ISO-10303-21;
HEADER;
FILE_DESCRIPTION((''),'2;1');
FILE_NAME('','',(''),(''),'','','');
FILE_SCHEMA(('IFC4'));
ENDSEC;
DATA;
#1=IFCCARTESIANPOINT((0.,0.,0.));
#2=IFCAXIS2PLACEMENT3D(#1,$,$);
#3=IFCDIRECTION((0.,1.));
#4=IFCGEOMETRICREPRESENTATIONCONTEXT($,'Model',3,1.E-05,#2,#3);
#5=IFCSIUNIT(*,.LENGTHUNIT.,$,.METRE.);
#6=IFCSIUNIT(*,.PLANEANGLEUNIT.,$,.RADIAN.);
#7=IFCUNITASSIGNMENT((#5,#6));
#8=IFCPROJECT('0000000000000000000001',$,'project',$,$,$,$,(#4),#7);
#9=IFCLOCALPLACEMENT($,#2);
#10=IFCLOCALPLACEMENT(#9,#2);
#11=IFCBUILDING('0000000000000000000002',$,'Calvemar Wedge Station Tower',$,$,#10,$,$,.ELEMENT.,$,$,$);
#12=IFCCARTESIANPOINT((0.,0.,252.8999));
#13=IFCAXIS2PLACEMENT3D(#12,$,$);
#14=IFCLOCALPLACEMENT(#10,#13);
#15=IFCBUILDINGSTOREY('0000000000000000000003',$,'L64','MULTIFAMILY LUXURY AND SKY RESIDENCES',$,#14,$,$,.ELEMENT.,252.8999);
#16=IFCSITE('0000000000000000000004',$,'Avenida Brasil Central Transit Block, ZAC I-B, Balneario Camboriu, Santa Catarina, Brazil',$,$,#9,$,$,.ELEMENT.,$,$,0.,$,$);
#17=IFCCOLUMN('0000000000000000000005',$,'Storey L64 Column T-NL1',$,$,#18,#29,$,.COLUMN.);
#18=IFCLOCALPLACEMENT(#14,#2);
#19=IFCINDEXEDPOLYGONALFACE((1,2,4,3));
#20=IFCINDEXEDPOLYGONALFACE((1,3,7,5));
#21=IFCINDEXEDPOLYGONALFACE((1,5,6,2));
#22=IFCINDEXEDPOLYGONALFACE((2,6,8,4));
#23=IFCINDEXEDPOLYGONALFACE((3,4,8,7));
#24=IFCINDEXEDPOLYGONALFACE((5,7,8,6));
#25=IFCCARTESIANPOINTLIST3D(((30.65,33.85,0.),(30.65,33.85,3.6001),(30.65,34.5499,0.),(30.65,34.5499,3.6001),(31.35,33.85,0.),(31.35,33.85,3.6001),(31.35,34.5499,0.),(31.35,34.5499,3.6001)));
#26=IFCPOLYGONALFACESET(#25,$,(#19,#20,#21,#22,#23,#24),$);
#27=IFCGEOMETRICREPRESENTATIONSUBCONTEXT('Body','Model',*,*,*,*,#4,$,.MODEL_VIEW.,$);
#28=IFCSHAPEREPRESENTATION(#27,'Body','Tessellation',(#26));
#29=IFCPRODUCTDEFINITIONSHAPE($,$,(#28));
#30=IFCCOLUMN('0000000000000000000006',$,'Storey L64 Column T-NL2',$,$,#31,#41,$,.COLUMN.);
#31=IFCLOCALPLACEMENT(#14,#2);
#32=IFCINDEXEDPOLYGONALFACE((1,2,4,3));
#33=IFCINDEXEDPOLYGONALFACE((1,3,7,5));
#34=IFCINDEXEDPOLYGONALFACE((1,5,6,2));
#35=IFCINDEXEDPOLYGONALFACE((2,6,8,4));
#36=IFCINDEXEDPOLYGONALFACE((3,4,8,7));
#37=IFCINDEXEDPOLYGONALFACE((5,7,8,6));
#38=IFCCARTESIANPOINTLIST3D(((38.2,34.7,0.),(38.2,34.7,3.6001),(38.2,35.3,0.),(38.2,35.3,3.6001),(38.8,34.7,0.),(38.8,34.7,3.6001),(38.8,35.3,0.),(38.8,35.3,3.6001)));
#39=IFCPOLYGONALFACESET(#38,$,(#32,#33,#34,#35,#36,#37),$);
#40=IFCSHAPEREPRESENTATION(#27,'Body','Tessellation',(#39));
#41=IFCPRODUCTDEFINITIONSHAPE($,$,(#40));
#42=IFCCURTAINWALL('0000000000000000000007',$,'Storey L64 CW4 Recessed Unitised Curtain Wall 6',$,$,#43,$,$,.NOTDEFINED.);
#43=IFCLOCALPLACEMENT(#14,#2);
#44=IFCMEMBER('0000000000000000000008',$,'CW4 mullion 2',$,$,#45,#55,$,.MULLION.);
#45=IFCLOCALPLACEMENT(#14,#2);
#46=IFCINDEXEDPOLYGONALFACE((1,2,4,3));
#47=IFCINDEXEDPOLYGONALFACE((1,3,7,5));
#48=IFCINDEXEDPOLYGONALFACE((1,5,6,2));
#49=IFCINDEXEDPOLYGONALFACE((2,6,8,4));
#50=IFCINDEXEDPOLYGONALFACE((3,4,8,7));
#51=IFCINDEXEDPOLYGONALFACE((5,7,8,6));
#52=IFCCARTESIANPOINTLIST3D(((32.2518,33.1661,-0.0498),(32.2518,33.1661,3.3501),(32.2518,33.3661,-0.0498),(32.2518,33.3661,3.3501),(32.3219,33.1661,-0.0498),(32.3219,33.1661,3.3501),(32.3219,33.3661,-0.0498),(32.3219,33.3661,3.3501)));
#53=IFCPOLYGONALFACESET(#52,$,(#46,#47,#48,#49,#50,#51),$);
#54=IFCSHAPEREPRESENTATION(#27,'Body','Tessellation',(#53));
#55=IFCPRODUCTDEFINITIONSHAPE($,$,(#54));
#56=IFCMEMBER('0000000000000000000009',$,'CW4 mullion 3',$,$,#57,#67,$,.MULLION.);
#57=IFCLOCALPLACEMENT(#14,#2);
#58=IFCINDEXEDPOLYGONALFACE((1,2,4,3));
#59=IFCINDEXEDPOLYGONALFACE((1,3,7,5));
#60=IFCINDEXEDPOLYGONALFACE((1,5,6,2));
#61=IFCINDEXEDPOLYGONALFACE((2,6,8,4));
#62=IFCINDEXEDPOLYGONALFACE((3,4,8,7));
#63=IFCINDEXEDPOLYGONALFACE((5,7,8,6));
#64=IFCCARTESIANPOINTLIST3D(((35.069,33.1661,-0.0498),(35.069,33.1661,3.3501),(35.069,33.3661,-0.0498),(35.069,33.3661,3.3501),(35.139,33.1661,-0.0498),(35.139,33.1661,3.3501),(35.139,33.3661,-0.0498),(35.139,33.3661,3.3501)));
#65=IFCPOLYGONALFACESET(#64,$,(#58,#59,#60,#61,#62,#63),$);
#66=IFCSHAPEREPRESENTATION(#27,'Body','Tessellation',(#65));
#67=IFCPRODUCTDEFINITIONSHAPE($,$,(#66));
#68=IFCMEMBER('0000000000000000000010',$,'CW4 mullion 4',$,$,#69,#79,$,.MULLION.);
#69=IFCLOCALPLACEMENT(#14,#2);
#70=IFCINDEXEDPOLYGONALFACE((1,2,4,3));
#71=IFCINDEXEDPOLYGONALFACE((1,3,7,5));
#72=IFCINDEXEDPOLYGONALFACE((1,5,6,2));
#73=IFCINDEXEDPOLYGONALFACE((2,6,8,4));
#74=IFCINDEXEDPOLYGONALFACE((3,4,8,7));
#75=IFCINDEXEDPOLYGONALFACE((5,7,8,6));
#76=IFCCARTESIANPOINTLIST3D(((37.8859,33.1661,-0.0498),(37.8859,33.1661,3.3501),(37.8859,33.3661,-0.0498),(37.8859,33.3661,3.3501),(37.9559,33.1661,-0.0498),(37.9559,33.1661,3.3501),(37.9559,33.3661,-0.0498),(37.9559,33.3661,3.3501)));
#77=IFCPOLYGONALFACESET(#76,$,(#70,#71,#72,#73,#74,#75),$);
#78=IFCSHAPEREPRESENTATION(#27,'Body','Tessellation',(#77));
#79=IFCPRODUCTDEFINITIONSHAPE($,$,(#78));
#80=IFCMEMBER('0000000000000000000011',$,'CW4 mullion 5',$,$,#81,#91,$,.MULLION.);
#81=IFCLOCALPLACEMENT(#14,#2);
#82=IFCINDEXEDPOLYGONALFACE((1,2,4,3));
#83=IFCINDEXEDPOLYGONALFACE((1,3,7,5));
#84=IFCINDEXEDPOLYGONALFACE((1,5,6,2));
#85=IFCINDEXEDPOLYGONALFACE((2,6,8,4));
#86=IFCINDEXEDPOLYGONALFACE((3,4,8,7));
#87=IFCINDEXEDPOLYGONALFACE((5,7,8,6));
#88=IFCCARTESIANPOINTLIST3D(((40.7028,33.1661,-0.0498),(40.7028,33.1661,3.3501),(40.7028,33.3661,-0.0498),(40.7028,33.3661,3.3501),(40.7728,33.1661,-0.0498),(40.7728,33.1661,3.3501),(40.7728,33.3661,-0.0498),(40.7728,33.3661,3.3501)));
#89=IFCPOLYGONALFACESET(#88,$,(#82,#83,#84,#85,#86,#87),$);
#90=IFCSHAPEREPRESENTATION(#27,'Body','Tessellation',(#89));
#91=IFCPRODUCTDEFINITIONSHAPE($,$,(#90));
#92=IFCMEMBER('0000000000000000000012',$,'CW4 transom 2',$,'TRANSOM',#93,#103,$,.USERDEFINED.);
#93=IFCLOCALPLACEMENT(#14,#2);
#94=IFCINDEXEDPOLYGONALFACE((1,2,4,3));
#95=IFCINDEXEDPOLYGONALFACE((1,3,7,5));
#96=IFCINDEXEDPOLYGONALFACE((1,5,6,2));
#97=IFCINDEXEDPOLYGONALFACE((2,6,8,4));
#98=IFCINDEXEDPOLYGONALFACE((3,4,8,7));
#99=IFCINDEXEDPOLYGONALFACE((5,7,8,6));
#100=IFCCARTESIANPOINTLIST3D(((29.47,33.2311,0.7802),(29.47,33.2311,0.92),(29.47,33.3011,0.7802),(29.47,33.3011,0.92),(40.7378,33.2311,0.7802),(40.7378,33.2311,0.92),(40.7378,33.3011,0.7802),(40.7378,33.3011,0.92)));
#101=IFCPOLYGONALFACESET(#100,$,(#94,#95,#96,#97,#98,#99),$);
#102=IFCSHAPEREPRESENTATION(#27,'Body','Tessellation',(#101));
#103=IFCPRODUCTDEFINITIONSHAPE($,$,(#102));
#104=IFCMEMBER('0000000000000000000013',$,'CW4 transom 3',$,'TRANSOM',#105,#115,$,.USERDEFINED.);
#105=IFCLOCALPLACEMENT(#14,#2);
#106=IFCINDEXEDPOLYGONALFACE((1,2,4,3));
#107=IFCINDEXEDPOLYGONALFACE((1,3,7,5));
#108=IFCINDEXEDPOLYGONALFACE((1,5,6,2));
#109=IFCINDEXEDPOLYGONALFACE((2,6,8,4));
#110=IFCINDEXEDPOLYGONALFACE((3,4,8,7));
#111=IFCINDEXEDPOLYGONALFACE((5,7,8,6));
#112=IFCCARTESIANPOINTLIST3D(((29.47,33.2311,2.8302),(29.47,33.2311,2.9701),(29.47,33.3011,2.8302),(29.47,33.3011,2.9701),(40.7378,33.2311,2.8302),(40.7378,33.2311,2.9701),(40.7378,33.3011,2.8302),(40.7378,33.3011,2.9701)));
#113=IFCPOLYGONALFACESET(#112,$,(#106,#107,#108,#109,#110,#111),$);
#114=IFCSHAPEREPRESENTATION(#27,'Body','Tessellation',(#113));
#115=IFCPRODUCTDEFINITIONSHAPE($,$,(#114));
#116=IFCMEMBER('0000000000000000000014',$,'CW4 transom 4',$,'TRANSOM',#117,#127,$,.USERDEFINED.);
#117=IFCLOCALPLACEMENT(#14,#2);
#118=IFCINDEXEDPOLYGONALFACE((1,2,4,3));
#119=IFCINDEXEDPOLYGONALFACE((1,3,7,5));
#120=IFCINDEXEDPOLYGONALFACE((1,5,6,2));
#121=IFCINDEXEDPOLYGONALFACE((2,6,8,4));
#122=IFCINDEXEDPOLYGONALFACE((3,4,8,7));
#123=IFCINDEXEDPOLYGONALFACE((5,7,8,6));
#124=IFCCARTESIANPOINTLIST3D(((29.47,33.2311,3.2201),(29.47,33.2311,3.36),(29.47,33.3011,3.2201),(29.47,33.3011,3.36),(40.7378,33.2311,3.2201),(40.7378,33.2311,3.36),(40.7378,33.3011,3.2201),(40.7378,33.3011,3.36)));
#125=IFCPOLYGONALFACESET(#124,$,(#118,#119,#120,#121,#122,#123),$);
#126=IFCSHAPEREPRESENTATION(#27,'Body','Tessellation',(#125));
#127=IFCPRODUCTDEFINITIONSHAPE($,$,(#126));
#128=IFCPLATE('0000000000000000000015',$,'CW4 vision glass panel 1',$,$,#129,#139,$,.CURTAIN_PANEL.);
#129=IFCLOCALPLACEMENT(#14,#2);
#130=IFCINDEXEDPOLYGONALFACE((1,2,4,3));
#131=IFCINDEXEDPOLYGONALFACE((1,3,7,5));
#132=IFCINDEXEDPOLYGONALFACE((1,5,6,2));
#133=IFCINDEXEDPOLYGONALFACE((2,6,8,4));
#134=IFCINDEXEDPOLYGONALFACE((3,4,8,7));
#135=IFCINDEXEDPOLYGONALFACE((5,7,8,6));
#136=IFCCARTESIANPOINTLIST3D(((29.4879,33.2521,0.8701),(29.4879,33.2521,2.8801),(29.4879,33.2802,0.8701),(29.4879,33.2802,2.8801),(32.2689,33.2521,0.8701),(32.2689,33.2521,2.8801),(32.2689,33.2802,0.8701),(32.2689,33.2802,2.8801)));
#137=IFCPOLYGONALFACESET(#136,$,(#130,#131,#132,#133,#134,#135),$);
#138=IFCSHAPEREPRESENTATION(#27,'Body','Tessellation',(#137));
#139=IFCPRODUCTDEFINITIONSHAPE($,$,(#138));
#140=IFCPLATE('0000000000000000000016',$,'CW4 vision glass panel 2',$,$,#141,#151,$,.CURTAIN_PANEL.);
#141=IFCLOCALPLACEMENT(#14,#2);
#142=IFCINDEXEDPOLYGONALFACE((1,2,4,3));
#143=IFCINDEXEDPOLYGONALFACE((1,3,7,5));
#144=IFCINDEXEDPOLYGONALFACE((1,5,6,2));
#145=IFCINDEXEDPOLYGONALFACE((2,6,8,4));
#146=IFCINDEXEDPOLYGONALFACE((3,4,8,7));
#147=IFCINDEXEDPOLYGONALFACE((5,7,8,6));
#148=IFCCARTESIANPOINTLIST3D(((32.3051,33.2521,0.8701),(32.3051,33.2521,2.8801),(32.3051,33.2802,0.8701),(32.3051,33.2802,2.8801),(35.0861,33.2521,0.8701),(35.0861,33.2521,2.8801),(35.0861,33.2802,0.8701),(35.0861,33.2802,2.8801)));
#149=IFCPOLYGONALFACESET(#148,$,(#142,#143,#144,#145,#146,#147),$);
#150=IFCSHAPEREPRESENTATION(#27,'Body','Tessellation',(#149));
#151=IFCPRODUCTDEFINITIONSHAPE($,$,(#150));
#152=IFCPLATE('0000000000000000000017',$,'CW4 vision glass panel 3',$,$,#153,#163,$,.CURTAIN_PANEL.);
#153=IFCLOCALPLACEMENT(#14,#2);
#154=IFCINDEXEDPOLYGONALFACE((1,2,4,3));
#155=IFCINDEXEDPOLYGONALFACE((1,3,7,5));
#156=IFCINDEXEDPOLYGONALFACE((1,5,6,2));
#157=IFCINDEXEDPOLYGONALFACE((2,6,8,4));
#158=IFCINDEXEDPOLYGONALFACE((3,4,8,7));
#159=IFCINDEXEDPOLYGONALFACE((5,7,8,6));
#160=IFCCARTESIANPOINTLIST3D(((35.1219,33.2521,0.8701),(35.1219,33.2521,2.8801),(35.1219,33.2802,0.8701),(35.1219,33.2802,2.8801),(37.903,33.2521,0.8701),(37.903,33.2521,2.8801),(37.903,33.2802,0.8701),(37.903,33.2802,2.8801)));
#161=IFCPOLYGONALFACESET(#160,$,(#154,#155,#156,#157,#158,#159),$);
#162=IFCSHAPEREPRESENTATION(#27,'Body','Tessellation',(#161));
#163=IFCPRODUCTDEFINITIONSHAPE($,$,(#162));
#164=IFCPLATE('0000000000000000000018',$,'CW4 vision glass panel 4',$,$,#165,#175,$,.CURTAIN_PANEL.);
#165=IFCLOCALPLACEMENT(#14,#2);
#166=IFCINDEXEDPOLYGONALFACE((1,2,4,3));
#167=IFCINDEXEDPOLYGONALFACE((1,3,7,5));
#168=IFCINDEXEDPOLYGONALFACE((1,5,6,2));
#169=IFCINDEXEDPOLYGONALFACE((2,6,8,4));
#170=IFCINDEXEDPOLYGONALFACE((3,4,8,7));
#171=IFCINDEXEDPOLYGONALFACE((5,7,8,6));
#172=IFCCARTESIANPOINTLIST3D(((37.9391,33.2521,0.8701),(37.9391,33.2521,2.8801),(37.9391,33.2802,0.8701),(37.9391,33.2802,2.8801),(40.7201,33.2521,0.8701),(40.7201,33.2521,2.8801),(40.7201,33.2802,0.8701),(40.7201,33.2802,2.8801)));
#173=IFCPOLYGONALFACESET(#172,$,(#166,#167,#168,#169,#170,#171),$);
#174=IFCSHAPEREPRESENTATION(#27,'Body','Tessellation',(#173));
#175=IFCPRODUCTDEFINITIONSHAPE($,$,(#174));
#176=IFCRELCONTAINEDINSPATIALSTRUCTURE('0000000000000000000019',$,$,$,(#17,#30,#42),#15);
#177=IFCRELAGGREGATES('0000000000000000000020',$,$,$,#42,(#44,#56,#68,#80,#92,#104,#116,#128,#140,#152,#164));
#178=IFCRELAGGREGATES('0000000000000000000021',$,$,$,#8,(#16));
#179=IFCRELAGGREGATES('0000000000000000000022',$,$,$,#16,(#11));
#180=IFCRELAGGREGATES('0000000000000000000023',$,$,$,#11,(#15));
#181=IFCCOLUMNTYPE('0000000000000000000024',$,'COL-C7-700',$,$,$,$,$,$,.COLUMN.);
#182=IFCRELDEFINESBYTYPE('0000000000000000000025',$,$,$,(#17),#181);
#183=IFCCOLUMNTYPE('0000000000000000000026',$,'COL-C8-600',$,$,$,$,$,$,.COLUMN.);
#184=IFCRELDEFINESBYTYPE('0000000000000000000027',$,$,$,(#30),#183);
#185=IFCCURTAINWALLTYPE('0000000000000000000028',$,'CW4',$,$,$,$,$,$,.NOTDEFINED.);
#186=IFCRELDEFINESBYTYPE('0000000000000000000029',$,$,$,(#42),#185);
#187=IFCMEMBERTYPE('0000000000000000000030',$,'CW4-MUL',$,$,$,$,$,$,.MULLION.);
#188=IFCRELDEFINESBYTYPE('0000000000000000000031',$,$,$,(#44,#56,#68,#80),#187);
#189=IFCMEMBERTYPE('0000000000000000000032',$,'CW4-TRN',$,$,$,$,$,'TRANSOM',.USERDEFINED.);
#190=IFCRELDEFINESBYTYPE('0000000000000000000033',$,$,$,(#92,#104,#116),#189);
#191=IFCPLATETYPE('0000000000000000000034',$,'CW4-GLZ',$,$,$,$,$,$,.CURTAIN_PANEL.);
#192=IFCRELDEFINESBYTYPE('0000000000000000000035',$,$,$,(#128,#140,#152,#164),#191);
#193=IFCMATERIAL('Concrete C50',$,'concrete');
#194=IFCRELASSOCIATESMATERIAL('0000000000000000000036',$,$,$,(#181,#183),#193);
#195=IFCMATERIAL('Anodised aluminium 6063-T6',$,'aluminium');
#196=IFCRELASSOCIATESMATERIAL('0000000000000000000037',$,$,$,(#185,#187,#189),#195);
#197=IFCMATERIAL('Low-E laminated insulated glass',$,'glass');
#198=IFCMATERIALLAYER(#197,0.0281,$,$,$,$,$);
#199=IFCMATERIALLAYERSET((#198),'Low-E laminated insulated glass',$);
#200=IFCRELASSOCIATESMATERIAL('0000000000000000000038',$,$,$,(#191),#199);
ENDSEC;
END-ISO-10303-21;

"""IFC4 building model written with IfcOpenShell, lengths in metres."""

from ifc_helpers import new_model, si_unit, direction, frame, frame_2d, origin, origin_2d, place, context, subcontext, project, spatial, rectangle, extrude, source, transform, mapped, material, layer, layer_set, material_profile, profile_set, type_object, element, aggregate, save


model = new_model("IFC4")

# Units and contexts
model_context = context("Model", 3, precision=1e-05, world=origin(), true_north=direction((0.0, 1.0)))
body_context = subcontext(model_context, "Body", "Model", "MODEL_VIEW")
ifc_project = project(units=[si_unit("LENGTHUNIT", "METRE"), si_unit("PLANEANGLEUNIT", "RADIAN")], contexts=[model_context])

# Site, building, storey
site_placement = place(None, origin())
site = spatial("IfcSite", under=ifc_project, at=site_placement, Name="Avenida Brasil Central Transit Block, ZAC I-B, Balneario Camboriu, Santa Catarina, Brazil", CompositionType="ELEMENT", RefElevation=0.0)
building_placement = place(site_placement, origin())
building = spatial("IfcBuilding", under=site, at=building_placement, Name="Calvemar Wedge Station Tower", CompositionType="ELEMENT")
storey_placement = place(building_placement, frame((0.0, 0.0, 252.8999)))
storey = spatial("IfcBuildingStorey", under=building, at=storey_placement, Name="L64", Description="MULTIFAMILY LUXURY AND SKY RESIDENCES", CompositionType="ELEMENT", Elevation=252.8999)

# Columns
ifc_material_1 = material(Name="Concrete C50", Category="concrete")
ifc_material_profile_1 = material_profile(ifc_material_1, rectangle(XDim=0.7, YDim=0.7, at=origin_2d()), Name="RC700x700")
ifc_profile_set_1 = profile_set([ifc_material_profile_1], Name="Concrete C50")
column_type_1 = type_object("IfcColumnType", Name="COL-C7-700", PredefinedType="COLUMN", material=ifc_profile_set_1)
shared_shape_1 = source(origin(), body_context, "Body", "SweptSolid", [
    extrude(rectangle(XDim=0.7, YDim=0.7, at=origin_2d()), origin(), (0.0, 0.0, 1.0), 3.6001),
])
column_1_placement = place(storey_placement, frame((31.0, 34.2, 0.0), z_axis=(0.0, 0.0, 1.0), x_axis=(1.0, 0.0, 0.0)))
element("IfcColumn", 1, at=column_1_placement, inside=storey, type_object=column_type_1, Name="Storey L64 Column T-NL1", PredefinedType="COLUMN", context=body_context, shape_type="MappedRepresentation", body=[
    mapped(shared_shape_1, transform((0.0, 0.0, 0.0), scale=1.0)),
])
ifc_material_profile_2 = material_profile(ifc_material_1, rectangle(XDim=0.6001, YDim=0.6001, at=origin_2d()), Name="RC600x600")
ifc_profile_set_2 = profile_set([ifc_material_profile_2], Name="Concrete C50")
column_type_2 = type_object("IfcColumnType", Name="COL-C8-600", PredefinedType="COLUMN", material=ifc_profile_set_2)
shared_shape_2 = source(origin(), body_context, "Body", "SweptSolid", [
    extrude(rectangle(XDim=0.6001, YDim=0.6001, at=origin_2d()), origin(), (0.0, 0.0, 1.0), 3.6001),
])
column_2_placement = place(storey_placement, frame((38.5, 35.0, 0.0), z_axis=(0.0, 0.0, 1.0), x_axis=(1.0, 0.0, 0.0)))
element("IfcColumn", 2, at=column_2_placement, inside=storey, type_object=column_type_2, Name="Storey L64 Column T-NL2", PredefinedType="COLUMN", context=body_context, shape_type="MappedRepresentation", body=[
    mapped(shared_shape_2, transform((0.0, 0.0, 0.0), scale=1.0)),
])

# Curtain wall, members, plates
ifc_material_2 = material(Name="Anodised aluminium 6063-T6", Category="aluminium")
curtain_wall_type = type_object("IfcCurtainWallType", Name="CW4", PredefinedType="NOTDEFINED", material=ifc_material_2)
curtain_wall_placement = place(storey_placement, origin())
curtain_wall = element("IfcCurtainWall", 3, at=curtain_wall_placement, inside=storey, type_object=curtain_wall_type, Name="Storey L64 CW4 Recessed Unitised Curtain Wall 6", PredefinedType="NOTDEFINED")
ifc_material_profile_3 = material_profile(ifc_material_2, rectangle(XDim=0.0701, YDim=0.2, at=origin_2d()), Name="AL-MUL-70x200")
ifc_profile_set_3 = profile_set([ifc_material_profile_3], Name="Anodised aluminium 6063-T6")
member_type_1 = type_object("IfcMemberType", Name="CW4-MUL", PredefinedType="MULLION", material=ifc_profile_set_3)
shared_shape_3 = source(origin(), body_context, "Body", "SweptSolid", [
    extrude(rectangle(XDim=0.0701, YDim=0.2, at=origin_2d()), origin(), (0.0, 0.0, 1.0), 3.3999),
])
member_1_placement = place(storey_placement, frame((32.2869, 33.2661, -0.0498), z_axis=(0.0, 0.0, 1.0), x_axis=(1.0, 0.0, 0.0)))
member_1 = element("IfcMember", 4, at=member_1_placement, type_object=member_type_1, Name="CW4 mullion 2", PredefinedType="MULLION", context=body_context, shape_type="MappedRepresentation", body=[
    mapped(shared_shape_3, transform((0.0, 0.0, 0.0), scale=1.0)),
])
member_2_placement = place(storey_placement, frame((35.104, 33.2661, -0.0498), z_axis=(0.0, 0.0, 1.0), x_axis=(1.0, 0.0, 0.0)))
member_2 = element("IfcMember", 5, at=member_2_placement, type_object=member_type_1, Name="CW4 mullion 3", PredefinedType="MULLION", context=body_context, shape_type="MappedRepresentation", body=[
    mapped(shared_shape_3, transform((0.0, 0.0, 0.0), scale=1.0)),
])
member_3_placement = place(storey_placement, frame((37.9209, 33.2661, -0.0498), z_axis=(0.0, 0.0, 1.0), x_axis=(1.0, 0.0, 0.0)))
member_3 = element("IfcMember", 6, at=member_3_placement, type_object=member_type_1, Name="CW4 mullion 4", PredefinedType="MULLION", context=body_context, shape_type="MappedRepresentation", body=[
    mapped(shared_shape_3, transform((0.0, 0.0, 0.0), scale=1.0)),
])
member_4_placement = place(storey_placement, frame((40.7378, 33.2661, -0.0498), z_axis=(0.0, 0.0, 1.0), x_axis=(1.0, 0.0, 0.0)))
member_4 = element("IfcMember", 7, at=member_4_placement, type_object=member_type_1, Name="CW4 mullion 5", PredefinedType="MULLION", context=body_context, shape_type="MappedRepresentation", body=[
    mapped(shared_shape_3, transform((0.0, 0.0, 0.0), scale=1.0)),
])
ifc_material_profile_4 = material_profile(ifc_material_2, rectangle(XDim=0.0701, YDim=0.1399, at=origin_2d()), Name="AL-TRN-70x140")
ifc_profile_set_4 = profile_set([ifc_material_profile_4], Name="Anodised aluminium 6063-T6")
member_type_2 = type_object("IfcMemberType", Name="CW4-TRN", ElementType="TRANSOM", PredefinedType="USERDEFINED", material=ifc_profile_set_4)
shared_shape_4 = source(origin(), body_context, "Body", "SweptSolid", [
    extrude(rectangle(XDim=0.0701, YDim=0.1399, at=origin_2d()), origin(), (0.0, 0.0, 1.0), 11.2678),
])
member_5_placement = place(storey_placement, frame((29.47, 33.2661, 0.8501), z_axis=(1.0, 0.0, 0.0), x_axis=(0.0, 1.0, 0.0)))
member_5 = element("IfcMember", 8, at=member_5_placement, type_object=member_type_2, Name="CW4 transom 2", ObjectType="TRANSOM", PredefinedType="USERDEFINED", context=body_context, shape_type="MappedRepresentation", body=[
    mapped(shared_shape_4, transform((0.0, 0.0, 0.0), scale=1.0)),
])
member_6_placement = place(storey_placement, frame((29.47, 33.2661, 2.9001), z_axis=(1.0, 0.0, 0.0), x_axis=(0.0, 1.0, 0.0)))
member_6 = element("IfcMember", 9, at=member_6_placement, type_object=member_type_2, Name="CW4 transom 3", ObjectType="TRANSOM", PredefinedType="USERDEFINED", context=body_context, shape_type="MappedRepresentation", body=[
    mapped(shared_shape_4, transform((0.0, 0.0, 0.0), scale=1.0)),
])
member_7_placement = place(storey_placement, frame((29.47, 33.2661, 3.29), z_axis=(1.0, 0.0, 0.0), x_axis=(0.0, 1.0, 0.0)))
member_7 = element("IfcMember", 10, at=member_7_placement, type_object=member_type_2, Name="CW4 transom 4", ObjectType="TRANSOM", PredefinedType="USERDEFINED", context=body_context, shape_type="MappedRepresentation", body=[
    mapped(shared_shape_4, transform((0.0, 0.0, 0.0), scale=1.0)),
])
ifc_material_3 = material(Name="Low-E laminated insulated glass", Category="glass")
ifc_layer_1 = layer(ifc_material_3, 0.0281)
ifc_layer_set_1 = layer_set([ifc_layer_1], Name="Low-E laminated insulated glass")
plate_type_1 = type_object("IfcPlateType", Name="CW4-GLZ", PredefinedType="CURTAIN_PANEL", material=ifc_layer_set_1)
plate_1_placement = place(storey_placement, frame((29.4878, 33.2661, 0.8701), z_axis=(0.0, 0.0, 1.0), x_axis=(1.0, 0.0, 0.0)))
plate_1 = element("IfcPlate", 11, at=plate_1_placement, type_object=plate_type_1, Name="CW4 vision glass panel 1", PredefinedType="CURTAIN_PANEL", context=body_context, shape_type="SweptSolid", body=[
    extrude(rectangle(XDim=2.781, YDim=0.0281, at=frame_2d((1.3906, 0.0))), origin(), (0.0, 0.0, 1.0), 2.01),
])
plate_2_placement = place(storey_placement, frame((32.3049, 33.2661, 0.8701), z_axis=(0.0, 0.0, 1.0), x_axis=(1.0, 0.0, 0.0)))
plate_2 = element("IfcPlate", 12, at=plate_2_placement, type_object=plate_type_1, Name="CW4 vision glass panel 2", PredefinedType="CURTAIN_PANEL", context=body_context, shape_type="SweptSolid", body=[
    extrude(rectangle(XDim=2.781, YDim=0.0281, at=frame_2d((1.3906, 0.0))), origin(), (0.0, 0.0, 1.0), 2.01),
])
plate_3_placement = place(storey_placement, frame((35.1218, 33.2661, 0.8701), z_axis=(0.0, 0.0, 1.0), x_axis=(1.0, 0.0, 0.0)))
plate_3 = element("IfcPlate", 13, at=plate_3_placement, type_object=plate_type_1, Name="CW4 vision glass panel 3", PredefinedType="CURTAIN_PANEL", context=body_context, shape_type="SweptSolid", body=[
    extrude(rectangle(XDim=2.781, YDim=0.0281, at=frame_2d((1.3906, 0.0))), origin(), (0.0, 0.0, 1.0), 2.01),
])
plate_4_placement = place(storey_placement, frame((37.939, 33.2661, 0.8701), z_axis=(0.0, 0.0, 1.0), x_axis=(1.0, 0.0, 0.0)))
plate_4 = element("IfcPlate", 14, at=plate_4_placement, type_object=plate_type_1, Name="CW4 vision glass panel 4", PredefinedType="CURTAIN_PANEL", context=body_context, shape_type="SweptSolid", body=[
    extrude(rectangle(XDim=2.781, YDim=0.0281, at=frame_2d((1.3906, 0.0))), origin(), (0.0, 0.0, 1.0), 2.01),
])
aggregate(curtain_wall, [member_1, member_2, member_3, member_4, member_5, member_6, member_7, plate_1, plate_2, plate_3, plate_4])

save(model, "model.ifc")
